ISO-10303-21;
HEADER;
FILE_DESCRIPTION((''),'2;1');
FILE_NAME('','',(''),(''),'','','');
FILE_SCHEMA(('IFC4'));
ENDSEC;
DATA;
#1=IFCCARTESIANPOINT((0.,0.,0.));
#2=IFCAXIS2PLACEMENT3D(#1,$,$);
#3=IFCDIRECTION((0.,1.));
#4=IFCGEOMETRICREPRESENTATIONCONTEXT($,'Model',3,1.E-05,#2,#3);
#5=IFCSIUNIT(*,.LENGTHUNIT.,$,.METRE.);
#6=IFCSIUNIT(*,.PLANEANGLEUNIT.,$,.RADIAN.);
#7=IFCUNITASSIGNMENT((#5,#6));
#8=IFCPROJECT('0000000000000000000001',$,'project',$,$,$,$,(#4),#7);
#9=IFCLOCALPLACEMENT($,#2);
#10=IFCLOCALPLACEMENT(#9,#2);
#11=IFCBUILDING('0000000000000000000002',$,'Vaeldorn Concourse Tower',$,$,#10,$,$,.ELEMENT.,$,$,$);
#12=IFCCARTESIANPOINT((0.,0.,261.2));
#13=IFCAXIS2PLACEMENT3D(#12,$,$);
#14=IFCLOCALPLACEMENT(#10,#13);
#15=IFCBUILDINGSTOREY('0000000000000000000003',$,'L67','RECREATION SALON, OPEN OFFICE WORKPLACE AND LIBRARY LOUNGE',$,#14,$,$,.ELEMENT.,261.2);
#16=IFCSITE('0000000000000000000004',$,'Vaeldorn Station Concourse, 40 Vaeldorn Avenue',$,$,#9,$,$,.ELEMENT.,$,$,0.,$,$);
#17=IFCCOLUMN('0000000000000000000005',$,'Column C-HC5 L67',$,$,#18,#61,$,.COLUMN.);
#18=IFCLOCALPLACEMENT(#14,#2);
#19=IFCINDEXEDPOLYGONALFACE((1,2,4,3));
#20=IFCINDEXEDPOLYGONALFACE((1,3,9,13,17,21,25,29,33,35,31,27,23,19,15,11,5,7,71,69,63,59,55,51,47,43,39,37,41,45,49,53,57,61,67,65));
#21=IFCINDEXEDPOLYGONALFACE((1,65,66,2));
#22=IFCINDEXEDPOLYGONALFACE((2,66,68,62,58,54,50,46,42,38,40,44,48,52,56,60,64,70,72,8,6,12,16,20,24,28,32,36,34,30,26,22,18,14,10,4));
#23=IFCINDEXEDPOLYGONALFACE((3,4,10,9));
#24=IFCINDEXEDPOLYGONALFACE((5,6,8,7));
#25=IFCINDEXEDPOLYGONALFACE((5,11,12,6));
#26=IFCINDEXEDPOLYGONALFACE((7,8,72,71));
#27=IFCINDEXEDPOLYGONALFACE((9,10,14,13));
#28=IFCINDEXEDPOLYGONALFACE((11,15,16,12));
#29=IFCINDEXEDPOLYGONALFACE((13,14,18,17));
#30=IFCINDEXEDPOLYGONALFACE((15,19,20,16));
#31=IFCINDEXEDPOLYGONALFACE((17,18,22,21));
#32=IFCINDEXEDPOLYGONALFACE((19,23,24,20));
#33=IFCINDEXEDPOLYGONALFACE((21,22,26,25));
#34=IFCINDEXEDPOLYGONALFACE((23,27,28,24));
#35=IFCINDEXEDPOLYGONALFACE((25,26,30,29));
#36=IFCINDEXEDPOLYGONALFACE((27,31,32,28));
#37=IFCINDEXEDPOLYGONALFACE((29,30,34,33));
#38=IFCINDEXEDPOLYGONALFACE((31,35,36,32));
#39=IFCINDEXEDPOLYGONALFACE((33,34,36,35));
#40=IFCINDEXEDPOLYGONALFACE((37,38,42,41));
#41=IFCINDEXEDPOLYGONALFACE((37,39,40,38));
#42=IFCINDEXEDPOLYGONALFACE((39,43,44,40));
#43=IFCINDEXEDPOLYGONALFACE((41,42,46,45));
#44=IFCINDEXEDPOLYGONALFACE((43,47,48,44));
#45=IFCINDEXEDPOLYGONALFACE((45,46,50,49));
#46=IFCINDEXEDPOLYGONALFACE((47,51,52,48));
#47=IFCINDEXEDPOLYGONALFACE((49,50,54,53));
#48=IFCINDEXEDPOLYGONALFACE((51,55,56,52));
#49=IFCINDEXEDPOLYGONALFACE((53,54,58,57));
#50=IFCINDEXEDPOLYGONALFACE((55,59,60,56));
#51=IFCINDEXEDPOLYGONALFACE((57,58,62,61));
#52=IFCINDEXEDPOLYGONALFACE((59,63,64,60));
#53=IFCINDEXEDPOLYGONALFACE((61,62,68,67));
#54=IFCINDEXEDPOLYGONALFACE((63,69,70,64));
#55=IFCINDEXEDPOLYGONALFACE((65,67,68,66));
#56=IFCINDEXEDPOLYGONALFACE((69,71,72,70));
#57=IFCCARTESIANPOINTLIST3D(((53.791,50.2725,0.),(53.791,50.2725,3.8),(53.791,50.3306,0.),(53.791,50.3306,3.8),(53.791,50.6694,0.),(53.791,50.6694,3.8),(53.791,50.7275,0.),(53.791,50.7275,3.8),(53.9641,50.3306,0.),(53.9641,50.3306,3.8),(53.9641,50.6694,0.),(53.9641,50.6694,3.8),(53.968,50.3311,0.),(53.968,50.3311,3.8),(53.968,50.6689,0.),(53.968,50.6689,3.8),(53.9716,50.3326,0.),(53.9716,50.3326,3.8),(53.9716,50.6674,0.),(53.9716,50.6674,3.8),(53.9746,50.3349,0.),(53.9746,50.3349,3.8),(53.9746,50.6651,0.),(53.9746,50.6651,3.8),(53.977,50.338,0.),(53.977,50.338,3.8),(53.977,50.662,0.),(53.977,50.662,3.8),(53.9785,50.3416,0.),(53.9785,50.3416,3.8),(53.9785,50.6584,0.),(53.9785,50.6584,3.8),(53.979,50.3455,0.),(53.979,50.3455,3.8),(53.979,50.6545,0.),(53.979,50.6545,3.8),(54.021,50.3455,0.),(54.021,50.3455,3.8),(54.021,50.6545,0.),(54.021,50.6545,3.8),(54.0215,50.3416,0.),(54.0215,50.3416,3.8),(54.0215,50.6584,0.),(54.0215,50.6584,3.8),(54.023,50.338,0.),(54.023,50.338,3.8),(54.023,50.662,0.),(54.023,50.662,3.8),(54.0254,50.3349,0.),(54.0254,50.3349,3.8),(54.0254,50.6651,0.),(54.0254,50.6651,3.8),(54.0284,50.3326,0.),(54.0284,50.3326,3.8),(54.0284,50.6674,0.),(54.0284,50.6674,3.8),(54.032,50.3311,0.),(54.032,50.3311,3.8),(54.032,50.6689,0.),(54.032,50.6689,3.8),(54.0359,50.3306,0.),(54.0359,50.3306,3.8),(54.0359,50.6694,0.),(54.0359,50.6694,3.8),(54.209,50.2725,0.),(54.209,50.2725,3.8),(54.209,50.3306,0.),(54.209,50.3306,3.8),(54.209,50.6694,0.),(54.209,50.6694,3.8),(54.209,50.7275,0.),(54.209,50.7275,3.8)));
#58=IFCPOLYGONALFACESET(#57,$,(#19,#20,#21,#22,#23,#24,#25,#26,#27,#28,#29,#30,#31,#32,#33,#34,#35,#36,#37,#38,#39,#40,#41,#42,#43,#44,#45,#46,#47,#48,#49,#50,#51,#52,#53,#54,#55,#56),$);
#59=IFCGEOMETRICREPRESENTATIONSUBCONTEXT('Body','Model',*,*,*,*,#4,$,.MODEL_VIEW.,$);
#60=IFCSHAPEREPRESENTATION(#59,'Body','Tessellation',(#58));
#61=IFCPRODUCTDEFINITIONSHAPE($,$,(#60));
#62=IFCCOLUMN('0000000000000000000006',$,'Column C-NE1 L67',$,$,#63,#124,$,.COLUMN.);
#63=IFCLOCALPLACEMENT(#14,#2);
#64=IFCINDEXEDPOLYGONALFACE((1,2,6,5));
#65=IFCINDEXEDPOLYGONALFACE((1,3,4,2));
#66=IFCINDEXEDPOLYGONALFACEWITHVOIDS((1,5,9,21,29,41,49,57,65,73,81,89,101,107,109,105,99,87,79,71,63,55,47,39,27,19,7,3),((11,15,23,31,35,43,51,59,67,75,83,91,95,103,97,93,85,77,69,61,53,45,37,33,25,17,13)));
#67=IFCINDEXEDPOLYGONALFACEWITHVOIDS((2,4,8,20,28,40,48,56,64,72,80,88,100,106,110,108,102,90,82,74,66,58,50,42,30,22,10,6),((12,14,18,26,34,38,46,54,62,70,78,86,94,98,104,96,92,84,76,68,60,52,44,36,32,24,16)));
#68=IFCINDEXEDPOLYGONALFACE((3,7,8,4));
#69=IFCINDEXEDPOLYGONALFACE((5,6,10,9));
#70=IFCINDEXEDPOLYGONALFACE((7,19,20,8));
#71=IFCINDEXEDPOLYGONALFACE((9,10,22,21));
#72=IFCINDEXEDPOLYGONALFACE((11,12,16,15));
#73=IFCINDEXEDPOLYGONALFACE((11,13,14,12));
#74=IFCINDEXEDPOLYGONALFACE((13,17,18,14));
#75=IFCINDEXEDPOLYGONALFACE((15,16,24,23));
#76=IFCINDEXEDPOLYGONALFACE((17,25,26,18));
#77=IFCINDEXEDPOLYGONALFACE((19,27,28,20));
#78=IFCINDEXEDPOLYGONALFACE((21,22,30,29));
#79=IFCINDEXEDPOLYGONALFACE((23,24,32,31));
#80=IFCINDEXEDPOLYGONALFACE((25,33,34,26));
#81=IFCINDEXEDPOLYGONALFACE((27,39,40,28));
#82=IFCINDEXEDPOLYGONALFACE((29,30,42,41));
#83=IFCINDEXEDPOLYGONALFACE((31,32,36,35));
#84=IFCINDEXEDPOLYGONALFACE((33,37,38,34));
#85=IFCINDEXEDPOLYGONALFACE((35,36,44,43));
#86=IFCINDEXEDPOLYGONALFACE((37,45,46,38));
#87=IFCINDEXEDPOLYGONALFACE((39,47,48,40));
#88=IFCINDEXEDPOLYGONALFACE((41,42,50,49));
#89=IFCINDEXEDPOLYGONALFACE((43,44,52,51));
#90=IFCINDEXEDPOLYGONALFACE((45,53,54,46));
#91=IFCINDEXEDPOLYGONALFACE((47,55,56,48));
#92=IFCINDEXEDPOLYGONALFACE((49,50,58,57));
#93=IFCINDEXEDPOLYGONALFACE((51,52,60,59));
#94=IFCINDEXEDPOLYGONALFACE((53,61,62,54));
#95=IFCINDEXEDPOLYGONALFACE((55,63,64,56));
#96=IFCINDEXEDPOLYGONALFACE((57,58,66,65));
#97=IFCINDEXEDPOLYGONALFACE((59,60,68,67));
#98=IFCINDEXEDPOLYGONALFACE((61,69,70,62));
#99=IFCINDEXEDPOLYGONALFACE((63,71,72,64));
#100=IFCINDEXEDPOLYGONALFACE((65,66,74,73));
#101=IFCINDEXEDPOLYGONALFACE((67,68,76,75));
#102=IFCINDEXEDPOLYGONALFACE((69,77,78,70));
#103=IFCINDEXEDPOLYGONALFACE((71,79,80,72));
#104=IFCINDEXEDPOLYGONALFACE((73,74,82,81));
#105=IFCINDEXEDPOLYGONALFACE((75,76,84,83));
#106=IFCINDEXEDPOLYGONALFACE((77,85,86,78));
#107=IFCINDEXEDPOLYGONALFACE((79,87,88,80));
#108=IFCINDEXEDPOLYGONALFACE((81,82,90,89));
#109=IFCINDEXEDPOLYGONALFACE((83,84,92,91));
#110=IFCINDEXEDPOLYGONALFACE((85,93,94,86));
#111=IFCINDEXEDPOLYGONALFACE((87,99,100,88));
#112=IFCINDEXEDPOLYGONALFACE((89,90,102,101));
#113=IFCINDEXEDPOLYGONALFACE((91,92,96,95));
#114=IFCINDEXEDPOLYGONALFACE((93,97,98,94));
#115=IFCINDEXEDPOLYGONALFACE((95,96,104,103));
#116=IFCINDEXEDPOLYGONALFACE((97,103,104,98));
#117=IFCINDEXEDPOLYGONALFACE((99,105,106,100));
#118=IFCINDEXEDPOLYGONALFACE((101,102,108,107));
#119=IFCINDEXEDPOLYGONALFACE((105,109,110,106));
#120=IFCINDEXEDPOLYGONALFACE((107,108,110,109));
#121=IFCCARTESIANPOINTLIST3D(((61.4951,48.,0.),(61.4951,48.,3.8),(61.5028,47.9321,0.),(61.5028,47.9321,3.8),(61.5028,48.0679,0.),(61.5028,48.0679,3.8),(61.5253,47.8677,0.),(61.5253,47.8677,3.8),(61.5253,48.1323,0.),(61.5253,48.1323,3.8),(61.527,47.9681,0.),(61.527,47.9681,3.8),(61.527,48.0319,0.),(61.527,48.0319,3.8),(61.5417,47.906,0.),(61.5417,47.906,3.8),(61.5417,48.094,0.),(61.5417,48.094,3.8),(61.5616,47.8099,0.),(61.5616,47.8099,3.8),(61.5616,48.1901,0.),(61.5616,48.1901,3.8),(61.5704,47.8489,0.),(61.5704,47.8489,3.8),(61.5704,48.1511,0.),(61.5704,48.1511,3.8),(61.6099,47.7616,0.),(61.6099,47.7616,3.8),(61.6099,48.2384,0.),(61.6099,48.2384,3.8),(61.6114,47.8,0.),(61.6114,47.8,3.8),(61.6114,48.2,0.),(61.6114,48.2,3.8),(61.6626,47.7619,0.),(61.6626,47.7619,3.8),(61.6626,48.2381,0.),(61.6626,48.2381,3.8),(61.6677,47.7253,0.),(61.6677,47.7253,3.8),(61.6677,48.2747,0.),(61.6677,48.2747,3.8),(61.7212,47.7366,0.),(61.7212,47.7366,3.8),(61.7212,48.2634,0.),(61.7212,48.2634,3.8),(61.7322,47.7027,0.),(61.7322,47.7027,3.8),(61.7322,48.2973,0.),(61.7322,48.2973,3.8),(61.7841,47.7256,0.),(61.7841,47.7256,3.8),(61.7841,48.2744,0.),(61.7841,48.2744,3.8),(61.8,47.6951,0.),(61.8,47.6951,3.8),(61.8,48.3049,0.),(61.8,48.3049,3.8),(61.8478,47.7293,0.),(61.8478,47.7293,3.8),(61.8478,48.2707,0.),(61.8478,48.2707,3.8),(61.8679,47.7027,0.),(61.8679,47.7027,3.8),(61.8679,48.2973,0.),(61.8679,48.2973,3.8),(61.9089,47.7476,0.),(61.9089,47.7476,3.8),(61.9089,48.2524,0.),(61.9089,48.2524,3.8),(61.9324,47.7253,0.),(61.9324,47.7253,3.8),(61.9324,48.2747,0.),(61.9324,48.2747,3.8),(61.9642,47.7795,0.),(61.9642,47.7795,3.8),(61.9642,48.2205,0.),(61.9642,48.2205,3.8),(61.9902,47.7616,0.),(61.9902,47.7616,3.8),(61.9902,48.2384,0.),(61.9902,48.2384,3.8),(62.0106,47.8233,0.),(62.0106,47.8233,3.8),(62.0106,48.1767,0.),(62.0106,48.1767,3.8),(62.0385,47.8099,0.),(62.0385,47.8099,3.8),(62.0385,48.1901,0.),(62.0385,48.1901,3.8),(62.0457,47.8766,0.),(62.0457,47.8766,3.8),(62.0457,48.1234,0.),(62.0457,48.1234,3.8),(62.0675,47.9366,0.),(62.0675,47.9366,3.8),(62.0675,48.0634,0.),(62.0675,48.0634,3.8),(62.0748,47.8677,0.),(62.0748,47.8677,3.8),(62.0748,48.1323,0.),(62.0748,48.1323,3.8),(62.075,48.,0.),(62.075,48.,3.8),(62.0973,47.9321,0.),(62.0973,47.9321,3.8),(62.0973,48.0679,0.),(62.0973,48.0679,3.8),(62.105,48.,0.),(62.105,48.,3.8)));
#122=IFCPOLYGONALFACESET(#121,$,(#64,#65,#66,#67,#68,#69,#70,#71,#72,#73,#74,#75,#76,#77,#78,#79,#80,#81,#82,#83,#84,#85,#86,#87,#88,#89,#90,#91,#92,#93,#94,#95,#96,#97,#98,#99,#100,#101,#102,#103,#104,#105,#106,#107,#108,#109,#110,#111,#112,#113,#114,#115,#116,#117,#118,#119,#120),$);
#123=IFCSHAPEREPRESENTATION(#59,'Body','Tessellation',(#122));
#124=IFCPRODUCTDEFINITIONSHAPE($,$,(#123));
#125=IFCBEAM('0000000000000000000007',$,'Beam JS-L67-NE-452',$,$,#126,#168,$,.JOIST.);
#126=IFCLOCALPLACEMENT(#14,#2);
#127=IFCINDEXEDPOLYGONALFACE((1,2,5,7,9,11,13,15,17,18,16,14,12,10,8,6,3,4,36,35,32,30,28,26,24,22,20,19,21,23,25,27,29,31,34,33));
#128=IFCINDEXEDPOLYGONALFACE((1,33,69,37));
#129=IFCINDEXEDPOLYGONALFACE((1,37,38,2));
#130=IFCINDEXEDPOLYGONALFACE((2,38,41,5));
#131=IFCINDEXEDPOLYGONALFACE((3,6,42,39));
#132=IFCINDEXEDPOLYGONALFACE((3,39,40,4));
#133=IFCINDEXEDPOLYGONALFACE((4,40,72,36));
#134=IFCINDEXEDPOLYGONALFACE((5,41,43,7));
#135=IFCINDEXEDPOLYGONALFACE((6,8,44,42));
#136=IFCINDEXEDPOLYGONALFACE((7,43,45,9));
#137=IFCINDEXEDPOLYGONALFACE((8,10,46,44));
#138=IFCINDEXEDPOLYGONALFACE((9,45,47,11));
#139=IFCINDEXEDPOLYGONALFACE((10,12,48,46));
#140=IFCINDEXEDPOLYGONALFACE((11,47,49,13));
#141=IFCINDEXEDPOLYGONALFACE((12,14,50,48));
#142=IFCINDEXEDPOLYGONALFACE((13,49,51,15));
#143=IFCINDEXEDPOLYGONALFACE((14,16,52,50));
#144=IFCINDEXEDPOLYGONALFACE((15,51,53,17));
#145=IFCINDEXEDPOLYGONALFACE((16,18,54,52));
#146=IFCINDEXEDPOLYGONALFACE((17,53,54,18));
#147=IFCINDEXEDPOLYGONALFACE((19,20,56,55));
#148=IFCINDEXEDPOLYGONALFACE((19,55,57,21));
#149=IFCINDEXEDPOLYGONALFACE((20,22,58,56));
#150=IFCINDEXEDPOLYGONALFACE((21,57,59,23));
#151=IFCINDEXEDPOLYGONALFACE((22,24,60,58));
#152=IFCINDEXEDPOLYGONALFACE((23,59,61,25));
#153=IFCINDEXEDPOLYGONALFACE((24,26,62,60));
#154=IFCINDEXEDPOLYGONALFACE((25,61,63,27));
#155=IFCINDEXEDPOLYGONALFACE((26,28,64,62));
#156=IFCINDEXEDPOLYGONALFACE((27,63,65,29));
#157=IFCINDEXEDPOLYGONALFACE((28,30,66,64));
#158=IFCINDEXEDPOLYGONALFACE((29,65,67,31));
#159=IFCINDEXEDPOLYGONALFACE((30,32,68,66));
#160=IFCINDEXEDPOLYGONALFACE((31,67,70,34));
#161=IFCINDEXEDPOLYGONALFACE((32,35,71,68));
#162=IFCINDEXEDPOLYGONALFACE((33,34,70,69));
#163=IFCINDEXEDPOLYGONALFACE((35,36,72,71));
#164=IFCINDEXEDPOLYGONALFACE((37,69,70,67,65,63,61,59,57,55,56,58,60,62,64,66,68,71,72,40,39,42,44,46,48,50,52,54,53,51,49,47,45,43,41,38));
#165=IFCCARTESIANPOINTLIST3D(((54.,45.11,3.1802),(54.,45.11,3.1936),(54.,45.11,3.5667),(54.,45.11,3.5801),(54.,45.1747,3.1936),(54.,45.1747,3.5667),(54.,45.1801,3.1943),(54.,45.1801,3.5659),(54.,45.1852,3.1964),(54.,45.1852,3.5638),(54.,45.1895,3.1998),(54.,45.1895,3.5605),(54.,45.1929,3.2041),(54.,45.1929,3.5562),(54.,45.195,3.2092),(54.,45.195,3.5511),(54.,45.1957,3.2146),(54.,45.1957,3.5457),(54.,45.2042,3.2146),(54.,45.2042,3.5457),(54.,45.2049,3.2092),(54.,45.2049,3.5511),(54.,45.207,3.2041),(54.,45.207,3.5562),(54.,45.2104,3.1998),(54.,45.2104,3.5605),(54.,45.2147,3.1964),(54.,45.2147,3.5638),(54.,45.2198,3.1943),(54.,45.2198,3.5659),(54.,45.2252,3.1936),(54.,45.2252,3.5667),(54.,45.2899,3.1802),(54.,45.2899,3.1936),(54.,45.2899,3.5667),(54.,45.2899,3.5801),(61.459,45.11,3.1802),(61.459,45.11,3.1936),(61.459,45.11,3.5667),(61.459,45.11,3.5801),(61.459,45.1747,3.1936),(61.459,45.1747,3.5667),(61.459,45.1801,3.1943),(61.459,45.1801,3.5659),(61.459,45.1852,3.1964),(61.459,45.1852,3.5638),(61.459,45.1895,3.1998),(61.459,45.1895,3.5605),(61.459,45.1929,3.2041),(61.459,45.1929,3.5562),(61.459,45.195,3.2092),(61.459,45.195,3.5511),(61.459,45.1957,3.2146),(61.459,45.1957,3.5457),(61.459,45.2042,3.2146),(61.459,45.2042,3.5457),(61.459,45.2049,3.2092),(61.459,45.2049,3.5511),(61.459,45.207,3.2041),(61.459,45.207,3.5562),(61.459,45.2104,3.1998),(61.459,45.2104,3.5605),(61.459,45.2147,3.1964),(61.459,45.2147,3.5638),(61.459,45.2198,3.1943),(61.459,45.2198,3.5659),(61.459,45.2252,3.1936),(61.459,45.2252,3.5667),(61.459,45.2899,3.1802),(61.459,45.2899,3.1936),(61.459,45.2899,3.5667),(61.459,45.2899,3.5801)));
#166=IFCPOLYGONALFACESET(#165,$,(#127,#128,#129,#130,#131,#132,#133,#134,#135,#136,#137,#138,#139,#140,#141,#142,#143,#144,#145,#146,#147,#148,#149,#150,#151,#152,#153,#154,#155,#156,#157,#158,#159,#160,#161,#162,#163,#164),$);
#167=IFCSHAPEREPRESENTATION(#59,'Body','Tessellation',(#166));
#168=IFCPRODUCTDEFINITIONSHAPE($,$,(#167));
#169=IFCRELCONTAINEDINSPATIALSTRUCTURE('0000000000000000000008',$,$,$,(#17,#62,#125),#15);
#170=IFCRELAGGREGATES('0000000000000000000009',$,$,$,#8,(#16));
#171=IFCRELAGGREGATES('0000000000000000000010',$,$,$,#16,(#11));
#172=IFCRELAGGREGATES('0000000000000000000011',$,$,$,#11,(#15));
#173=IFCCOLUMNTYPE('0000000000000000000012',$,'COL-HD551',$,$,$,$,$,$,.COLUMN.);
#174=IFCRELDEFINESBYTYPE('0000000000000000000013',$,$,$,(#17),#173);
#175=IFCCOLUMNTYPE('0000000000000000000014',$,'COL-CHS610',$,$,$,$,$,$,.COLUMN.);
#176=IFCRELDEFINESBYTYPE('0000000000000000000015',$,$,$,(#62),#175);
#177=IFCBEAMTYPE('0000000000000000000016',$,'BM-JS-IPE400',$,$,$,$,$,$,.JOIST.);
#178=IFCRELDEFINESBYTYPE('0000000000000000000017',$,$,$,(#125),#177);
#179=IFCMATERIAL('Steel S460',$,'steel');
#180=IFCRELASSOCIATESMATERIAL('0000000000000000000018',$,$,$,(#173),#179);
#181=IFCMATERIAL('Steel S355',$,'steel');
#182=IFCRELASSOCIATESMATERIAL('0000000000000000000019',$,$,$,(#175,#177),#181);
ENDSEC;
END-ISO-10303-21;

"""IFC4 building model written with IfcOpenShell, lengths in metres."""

from ifc_helpers import new_model, si_unit, direction, frame, origin, origin_2d, place, context, subcontext, project, spatial, hollow_circle, i_section, extrude, source, transform, mapped, material, material_profile, profile_set, type_object, element, save


model = new_model("IFC4")

# Units and contexts
model_context = context("Model", 3, precision=1e-05, world=origin(), true_north=direction((0.0, 1.0)))
body_context = subcontext(model_context, "Body", "Model", "MODEL_VIEW")
ifc_project = project(units=[si_unit("LENGTHUNIT", "METRE"), si_unit("PLANEANGLEUNIT", "RADIAN")], contexts=[model_context])

# Site, building, storey
site_placement = place(None, origin())
site = spatial("IfcSite", under=ifc_project, at=site_placement, Name="Vaeldorn Station Concourse, 40 Vaeldorn Avenue", CompositionType="ELEMENT", RefElevation=0.0)
building_placement = place(site_placement, origin())
building = spatial("IfcBuilding", under=site, at=building_placement, Name="Vaeldorn Concourse Tower", CompositionType="ELEMENT")
storey_placement = place(building_placement, frame((0.0, 0.0, 261.2)))
storey = spatial("IfcBuildingStorey", under=building, at=storey_placement, Name="L67", Description="RECREATION SALON, OPEN OFFICE WORKPLACE AND LIBRARY LOUNGE", CompositionType="ELEMENT", Elevation=261.2)

# Columns
ifc_material_1 = material(Name="Steel S460", Category="steel")
ifc_material_profile_1 = material_profile(ifc_material_1, i_section(OverallWidth=0.418, OverallDepth=0.4551, WebThickness=0.042, FlangeThickness=0.0581, FilletRadius=0.0149, at=origin_2d()), Name="HD 400x551")
ifc_profile_set_1 = profile_set([ifc_material_profile_1], Name="Steel S460")
column_type_1 = type_object("IfcColumnType", Name="COL-HD551", PredefinedType="COLUMN", material=ifc_profile_set_1)
shared_shape_1 = source(origin(), body_context, "Body", "SweptSolid", [
    extrude(i_section(OverallWidth=0.418, OverallDepth=0.4551, WebThickness=0.042, FlangeThickness=0.0581, FilletRadius=0.0149, at=origin_2d()), origin(), (0.0, 0.0, 1.0), 3.8),
])
column_1_placement = place(storey_placement, frame((54.0, 50.5, 0.0), z_axis=(0.0, 0.0, 1.0), x_axis=(1.0, 0.0, 0.0)))
element("IfcColumn", 1, at=column_1_placement, inside=storey, type_object=column_type_1, Name="Column C-HC5 L67", PredefinedType="COLUMN", context=body_context, shape_type="MappedRepresentation", body=[
    mapped(shared_shape_1, transform((0.0, 0.0, 0.0), scale=1.0)),
])
ifc_material_2 = material(Name="Steel S355", Category="steel")
ifc_material_profile_2 = material_profile(ifc_material_2, hollow_circle(Radius=0.3049, WallThickness=0.03, at=origin_2d()), Name="CHS 610x30")
ifc_profile_set_2 = profile_set([ifc_material_profile_2], Name="Steel S355")
column_type_2 = type_object("IfcColumnType", Name="COL-CHS610", PredefinedType="COLUMN", material=ifc_profile_set_2)
shared_shape_2 = source(origin(), body_context, "Body", "SweptSolid", [
    extrude(hollow_circle(Radius=0.3049, WallThickness=0.03, at=origin_2d()), origin(), (0.0, 0.0, 1.0), 3.8),
])
column_2_placement = place(storey_placement, frame((61.8, 48.0, 0.0), z_axis=(0.0, 0.0, 1.0), x_axis=(1.0, 0.0, 0.0)))
element("IfcColumn", 2, at=column_2_placement, inside=storey, type_object=column_type_2, Name="Column C-NE1 L67", PredefinedType="COLUMN", context=body_context, shape_type="MappedRepresentation", body=[
    mapped(shared_shape_2, transform((0.0, 0.0, 0.0), scale=1.0)),
])

# Beam
ifc_material_profile_3 = material_profile(ifc_material_2, i_section(OverallWidth=0.1799, OverallDepth=0.3999, WebThickness=0.0085, FlangeThickness=0.0134, FilletRadius=0.021, at=origin_2d()), Name="IPE 400")
ifc_profile_set_3 = profile_set([ifc_material_profile_3], Name="Steel S355")
beam_type_1 = type_object("IfcBeamType", Name="BM-JS-IPE400", PredefinedType="JOIST", material=ifc_profile_set_3)
shared_shape_3 = source(origin(), body_context, "Body", "SweptSolid", [
    extrude(i_section(OverallWidth=0.1799, OverallDepth=0.3999, WebThickness=0.0085, FlangeThickness=0.0134, FilletRadius=0.021, at=origin_2d()), origin(), (0.0, 0.0, 1.0), 7.459),
])
beam_1_placement = place(storey_placement, frame((54.0, 45.2, 3.3801), z_axis=(1.0, 0.0, 0.0), x_axis=(0.0, 1.0, 0.0)))
element("IfcBeam", 3, at=beam_1_placement, inside=storey, type_object=beam_type_1, Name="Beam JS-L67-NE-452", PredefinedType="JOIST", context=body_context, shape_type="MappedRepresentation", body=[
    mapped(shared_shape_3, transform((0.0, 0.0, 0.0), scale=1.0)),
])

save(model, "model.ifc")
